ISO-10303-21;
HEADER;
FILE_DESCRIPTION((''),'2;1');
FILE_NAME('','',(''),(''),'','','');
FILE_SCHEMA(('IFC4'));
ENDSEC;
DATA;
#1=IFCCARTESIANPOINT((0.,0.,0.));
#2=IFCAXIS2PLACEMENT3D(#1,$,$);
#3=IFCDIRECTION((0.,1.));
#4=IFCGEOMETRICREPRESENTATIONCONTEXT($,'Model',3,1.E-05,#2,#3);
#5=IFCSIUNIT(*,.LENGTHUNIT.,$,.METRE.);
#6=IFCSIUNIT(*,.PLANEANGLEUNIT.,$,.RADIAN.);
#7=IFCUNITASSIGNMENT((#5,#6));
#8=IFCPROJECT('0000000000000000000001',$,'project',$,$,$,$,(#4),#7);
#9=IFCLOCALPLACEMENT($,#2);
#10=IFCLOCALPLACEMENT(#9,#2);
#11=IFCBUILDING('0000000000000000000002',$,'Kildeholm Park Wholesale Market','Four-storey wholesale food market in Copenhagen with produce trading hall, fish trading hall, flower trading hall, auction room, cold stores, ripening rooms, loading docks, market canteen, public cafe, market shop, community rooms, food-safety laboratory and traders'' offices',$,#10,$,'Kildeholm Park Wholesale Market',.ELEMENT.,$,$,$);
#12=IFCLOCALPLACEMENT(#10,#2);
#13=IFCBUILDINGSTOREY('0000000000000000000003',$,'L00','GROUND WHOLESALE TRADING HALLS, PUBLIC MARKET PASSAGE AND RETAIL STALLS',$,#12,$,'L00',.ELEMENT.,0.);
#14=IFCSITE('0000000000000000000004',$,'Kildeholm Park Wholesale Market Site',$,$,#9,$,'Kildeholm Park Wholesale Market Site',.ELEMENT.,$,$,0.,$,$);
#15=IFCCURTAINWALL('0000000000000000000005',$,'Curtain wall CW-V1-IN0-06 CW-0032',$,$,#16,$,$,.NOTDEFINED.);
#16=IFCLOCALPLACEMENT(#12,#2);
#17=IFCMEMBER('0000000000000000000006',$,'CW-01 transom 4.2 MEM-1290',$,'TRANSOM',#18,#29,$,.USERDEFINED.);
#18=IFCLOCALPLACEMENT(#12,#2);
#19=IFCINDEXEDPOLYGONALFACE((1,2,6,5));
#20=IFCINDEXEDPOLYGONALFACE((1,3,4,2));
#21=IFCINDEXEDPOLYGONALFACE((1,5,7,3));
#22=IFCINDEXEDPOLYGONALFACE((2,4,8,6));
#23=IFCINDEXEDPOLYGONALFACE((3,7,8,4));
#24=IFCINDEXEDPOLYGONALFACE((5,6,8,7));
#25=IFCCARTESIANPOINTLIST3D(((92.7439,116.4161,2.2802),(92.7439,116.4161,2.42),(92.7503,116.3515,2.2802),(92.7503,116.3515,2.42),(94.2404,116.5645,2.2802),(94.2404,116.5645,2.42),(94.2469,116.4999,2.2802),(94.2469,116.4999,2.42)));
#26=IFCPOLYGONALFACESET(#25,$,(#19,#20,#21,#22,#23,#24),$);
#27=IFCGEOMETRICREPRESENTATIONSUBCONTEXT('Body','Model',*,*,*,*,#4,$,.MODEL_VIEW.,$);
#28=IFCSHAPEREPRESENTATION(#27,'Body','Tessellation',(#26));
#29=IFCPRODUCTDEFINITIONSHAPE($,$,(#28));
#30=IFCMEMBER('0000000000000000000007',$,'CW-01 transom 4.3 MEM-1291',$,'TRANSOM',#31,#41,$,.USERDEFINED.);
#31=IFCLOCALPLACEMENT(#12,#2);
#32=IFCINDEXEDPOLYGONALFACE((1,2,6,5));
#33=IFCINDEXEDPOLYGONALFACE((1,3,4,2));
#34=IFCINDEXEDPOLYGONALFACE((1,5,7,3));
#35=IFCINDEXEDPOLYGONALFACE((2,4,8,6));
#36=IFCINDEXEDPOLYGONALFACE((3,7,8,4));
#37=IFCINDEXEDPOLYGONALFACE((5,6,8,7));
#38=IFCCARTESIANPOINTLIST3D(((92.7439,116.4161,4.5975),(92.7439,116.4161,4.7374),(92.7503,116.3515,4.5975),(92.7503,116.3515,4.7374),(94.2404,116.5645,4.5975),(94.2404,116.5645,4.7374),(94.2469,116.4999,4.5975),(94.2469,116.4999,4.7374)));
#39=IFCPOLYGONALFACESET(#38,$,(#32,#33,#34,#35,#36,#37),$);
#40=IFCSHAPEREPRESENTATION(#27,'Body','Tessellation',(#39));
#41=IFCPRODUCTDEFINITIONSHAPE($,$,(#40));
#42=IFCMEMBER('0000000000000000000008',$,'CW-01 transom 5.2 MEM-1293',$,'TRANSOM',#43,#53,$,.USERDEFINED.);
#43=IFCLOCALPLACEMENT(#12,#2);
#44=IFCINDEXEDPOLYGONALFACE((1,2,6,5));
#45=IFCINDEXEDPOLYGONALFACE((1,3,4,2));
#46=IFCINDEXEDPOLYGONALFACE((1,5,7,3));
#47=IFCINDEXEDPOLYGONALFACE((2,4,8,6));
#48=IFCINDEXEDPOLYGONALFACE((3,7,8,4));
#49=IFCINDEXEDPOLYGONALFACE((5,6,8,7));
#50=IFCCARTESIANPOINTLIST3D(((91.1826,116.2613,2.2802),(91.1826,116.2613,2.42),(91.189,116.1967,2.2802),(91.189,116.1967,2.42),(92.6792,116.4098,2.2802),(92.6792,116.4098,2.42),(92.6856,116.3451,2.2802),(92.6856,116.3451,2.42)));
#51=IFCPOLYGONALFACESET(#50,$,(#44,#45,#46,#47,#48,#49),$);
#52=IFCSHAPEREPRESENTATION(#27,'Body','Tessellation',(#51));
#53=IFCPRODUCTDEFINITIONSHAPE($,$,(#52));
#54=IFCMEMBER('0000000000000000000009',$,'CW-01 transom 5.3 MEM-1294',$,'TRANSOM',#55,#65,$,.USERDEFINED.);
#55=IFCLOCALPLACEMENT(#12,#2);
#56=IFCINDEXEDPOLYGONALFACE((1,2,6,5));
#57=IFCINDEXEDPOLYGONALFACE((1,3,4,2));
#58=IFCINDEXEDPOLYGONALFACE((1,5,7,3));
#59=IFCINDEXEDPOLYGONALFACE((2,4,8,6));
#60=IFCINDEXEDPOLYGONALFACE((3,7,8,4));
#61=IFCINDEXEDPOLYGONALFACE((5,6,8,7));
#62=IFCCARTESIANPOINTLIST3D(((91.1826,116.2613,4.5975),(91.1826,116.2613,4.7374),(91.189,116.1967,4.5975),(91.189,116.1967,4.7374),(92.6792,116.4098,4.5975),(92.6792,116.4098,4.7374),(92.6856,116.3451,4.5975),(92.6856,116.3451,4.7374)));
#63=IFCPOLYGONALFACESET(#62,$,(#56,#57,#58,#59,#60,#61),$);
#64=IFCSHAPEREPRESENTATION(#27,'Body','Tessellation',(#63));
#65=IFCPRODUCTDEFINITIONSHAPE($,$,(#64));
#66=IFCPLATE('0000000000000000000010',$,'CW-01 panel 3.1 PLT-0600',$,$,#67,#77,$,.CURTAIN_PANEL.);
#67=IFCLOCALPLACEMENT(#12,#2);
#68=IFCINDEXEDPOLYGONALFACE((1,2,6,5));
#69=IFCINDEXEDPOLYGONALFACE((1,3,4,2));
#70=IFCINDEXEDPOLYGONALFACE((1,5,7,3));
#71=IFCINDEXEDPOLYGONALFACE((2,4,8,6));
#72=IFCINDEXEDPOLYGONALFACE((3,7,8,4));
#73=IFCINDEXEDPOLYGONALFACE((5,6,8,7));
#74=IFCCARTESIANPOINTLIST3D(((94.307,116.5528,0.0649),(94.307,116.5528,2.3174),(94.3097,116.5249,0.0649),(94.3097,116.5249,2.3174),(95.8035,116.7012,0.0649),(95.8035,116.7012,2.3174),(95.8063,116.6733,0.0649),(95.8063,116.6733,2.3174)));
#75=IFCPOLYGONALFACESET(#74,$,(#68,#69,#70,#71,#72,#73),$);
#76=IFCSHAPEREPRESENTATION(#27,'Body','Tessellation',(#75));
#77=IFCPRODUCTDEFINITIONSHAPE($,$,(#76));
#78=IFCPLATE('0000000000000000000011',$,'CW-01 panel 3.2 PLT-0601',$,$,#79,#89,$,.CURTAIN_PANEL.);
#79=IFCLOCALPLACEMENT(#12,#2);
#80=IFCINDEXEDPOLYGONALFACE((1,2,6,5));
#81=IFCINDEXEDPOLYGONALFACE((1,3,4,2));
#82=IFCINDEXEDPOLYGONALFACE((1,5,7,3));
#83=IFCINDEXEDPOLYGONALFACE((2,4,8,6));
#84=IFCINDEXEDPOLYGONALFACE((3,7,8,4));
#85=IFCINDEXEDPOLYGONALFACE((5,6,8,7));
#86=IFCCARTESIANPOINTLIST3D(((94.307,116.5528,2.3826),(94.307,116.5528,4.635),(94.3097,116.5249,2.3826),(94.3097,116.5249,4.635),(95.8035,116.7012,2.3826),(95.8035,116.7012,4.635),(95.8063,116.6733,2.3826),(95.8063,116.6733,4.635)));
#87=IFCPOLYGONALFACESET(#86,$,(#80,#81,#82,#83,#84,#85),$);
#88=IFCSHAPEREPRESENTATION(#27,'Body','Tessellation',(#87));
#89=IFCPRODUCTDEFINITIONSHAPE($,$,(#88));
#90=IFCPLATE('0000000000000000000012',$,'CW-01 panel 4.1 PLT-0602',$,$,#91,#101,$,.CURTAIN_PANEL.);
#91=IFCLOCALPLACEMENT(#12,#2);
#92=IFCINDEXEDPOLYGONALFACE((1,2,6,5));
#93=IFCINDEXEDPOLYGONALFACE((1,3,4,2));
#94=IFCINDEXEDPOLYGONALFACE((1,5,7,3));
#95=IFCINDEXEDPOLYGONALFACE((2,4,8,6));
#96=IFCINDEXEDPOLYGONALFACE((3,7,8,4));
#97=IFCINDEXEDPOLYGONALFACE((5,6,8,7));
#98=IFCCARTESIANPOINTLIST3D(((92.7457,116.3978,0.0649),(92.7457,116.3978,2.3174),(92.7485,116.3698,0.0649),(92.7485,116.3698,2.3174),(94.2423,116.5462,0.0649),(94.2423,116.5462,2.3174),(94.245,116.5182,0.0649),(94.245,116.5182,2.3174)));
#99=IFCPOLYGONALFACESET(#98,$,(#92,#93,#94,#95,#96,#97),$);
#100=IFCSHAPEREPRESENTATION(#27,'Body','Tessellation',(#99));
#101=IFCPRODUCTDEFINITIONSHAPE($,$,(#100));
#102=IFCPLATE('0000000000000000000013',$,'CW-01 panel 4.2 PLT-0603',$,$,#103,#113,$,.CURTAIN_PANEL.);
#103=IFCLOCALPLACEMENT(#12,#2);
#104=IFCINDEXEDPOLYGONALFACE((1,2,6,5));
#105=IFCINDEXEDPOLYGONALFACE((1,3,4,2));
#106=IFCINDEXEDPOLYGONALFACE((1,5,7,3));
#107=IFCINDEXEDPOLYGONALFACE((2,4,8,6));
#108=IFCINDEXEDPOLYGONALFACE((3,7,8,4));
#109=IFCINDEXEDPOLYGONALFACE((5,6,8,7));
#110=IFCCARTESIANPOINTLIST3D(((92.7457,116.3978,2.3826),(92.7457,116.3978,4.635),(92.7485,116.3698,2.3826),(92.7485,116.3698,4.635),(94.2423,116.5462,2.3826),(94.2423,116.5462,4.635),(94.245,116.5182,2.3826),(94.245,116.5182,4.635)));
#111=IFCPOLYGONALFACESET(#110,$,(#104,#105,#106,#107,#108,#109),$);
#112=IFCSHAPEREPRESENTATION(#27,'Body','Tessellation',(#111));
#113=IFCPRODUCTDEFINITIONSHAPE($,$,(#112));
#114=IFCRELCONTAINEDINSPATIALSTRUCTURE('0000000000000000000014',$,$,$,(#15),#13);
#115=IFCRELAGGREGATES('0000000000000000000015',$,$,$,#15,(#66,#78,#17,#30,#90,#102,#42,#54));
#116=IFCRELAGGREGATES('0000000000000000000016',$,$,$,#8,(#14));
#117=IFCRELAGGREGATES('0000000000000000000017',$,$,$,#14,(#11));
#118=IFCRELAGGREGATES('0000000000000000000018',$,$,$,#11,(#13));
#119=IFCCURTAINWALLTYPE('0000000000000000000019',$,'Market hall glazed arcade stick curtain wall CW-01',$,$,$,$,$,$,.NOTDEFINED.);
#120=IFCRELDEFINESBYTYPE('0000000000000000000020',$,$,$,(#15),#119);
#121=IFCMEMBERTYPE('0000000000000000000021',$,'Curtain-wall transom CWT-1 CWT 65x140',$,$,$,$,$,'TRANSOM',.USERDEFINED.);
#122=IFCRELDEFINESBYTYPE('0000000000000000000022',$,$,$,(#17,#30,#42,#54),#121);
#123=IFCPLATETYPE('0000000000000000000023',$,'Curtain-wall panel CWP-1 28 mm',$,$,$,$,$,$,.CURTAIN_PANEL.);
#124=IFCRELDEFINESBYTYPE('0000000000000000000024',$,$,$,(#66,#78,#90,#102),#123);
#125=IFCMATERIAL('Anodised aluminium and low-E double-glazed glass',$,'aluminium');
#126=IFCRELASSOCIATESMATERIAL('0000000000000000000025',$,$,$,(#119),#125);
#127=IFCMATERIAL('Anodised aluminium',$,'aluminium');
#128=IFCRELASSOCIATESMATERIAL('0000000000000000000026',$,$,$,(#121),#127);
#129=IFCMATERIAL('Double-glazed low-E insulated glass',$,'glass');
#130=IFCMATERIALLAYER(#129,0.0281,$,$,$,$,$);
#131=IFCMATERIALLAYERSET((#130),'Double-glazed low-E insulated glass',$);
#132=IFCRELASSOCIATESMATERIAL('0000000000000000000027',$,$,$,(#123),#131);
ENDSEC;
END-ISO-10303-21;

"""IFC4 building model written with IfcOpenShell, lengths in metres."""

from ifc_helpers import new_model, si_unit, direction, frame, origin, origin_2d, place, context, subcontext, project, spatial, rectangle, extrude, material, layer, layer_set, material_profile, profile_set, type_object, element, aggregate, save


model = new_model("IFC4")

# Units and contexts
model_context = context("Model", 3, precision=1e-05, world=origin(), true_north=direction((0.0, 1.0)))
body_context = subcontext(model_context, "Body", "Model", "MODEL_VIEW")
ifc_project = project(units=[si_unit("LENGTHUNIT", "METRE"), si_unit("PLANEANGLEUNIT", "RADIAN")], contexts=[model_context])

# Site, building, storey
site_placement = place(None, origin())
site = spatial("IfcSite", under=ifc_project, at=site_placement, Name="Kildeholm Park Wholesale Market Site", LongName="Kildeholm Park Wholesale Market Site", CompositionType="ELEMENT", RefElevation=0.0)
building_placement = place(site_placement, origin())
building = spatial("IfcBuilding", under=site, at=building_placement, Name="Kildeholm Park Wholesale Market", Description="Four-storey wholesale food market in Copenhagen with produce trading hall, fish trading hall, flower trading hall, auction room, cold stores, ripening rooms, loading docks, market canteen, public cafe, market shop, community rooms, food-safety laboratory and traders' offices", LongName="Kildeholm Park Wholesale Market", CompositionType="ELEMENT")
storey_placement = place(building_placement, origin())
storey = spatial("IfcBuildingStorey", under=building, at=storey_placement, Name="L00", Description="GROUND WHOLESALE TRADING HALLS, PUBLIC MARKET PASSAGE AND RETAIL STALLS", LongName="L00", CompositionType="ELEMENT", Elevation=0.0)

# Curtain wall, members, plates
ifc_material_1 = material(Name="Anodised aluminium and low-E double-glazed glass", Category="aluminium")
curtain_wall_type = type_object("IfcCurtainWallType", Name="Market hall glazed arcade stick curtain wall CW-01", PredefinedType="NOTDEFINED", material=ifc_material_1)
curtain_wall_placement = place(storey_placement, origin())
curtain_wall = element("IfcCurtainWall", 1, at=curtain_wall_placement, inside=storey, type_object=curtain_wall_type, Name="Curtain wall CW-V1-IN0-06 CW-0032", PredefinedType="NOTDEFINED")
ifc_material_2 = material(Name="Anodised aluminium", Category="aluminium")
ifc_material_profile_1 = material_profile(ifc_material_2, rectangle(XDim=0.0649, YDim=0.1399, at=origin_2d()), Name="CWT 65x140")
ifc_profile_set_1 = profile_set([ifc_material_profile_1], Name="Anodised aluminium")
member_type_1 = type_object("IfcMemberType", Name="Curtain-wall transom CWT-1 CWT 65x140", ElementType="TRANSOM", PredefinedType="USERDEFINED", material=ifc_profile_set_1)
member_1_placement = place(storey_placement, frame((94.2437, 116.5322, 2.3501), z_axis=(-0.995117, -0.0987, 0.0), x_axis=(0.0987, -0.995117, 0.0)))
member_1 = element("IfcMember", 2, at=member_1_placement, type_object=member_type_1, Name="CW-01 transom 4.2 MEM-1290", ObjectType="TRANSOM", PredefinedType="USERDEFINED", context=body_context, shape_type="SweptSolid", body=[
    extrude(rectangle(XDim=0.0649, YDim=0.1399, at=origin_2d()), origin(), (0.0, 0.0, 1.0), 1.5039),
])
member_2_placement = place(storey_placement, frame((94.2437, 116.5322, 4.6675), z_axis=(-0.995117, -0.0987, 0.0), x_axis=(0.0987, -0.995117, 0.0)))
member_2 = element("IfcMember", 3, at=member_2_placement, type_object=member_type_1, Name="CW-01 transom 4.3 MEM-1291", ObjectType="TRANSOM", PredefinedType="USERDEFINED", context=body_context, shape_type="SweptSolid", body=[
    extrude(rectangle(XDim=0.0649, YDim=0.1399, at=origin_2d()), origin(), (0.0, 0.0, 1.0), 1.5039),
])
member_3_placement = place(storey_placement, frame((92.6824, 116.3774, 2.3501), z_axis=(-0.995117, -0.0987, 0.0), x_axis=(0.0987, -0.995117, 0.0)))
member_3 = element("IfcMember", 4, at=member_3_placement, type_object=member_type_1, Name="CW-01 transom 5.2 MEM-1293", ObjectType="TRANSOM", PredefinedType="USERDEFINED", context=body_context, shape_type="SweptSolid", body=[
    extrude(rectangle(XDim=0.0649, YDim=0.1399, at=origin_2d()), origin(), (0.0, 0.0, 1.0), 1.5039),
])
member_4_placement = place(storey_placement, frame((92.6824, 116.3774, 4.6675), z_axis=(-0.995117, -0.0987, 0.0), x_axis=(0.0987, -0.995117, 0.0)))
member_4 = element("IfcMember", 5, at=member_4_placement, type_object=member_type_1, Name="CW-01 transom 5.3 MEM-1294", ObjectType="TRANSOM", PredefinedType="USERDEFINED", context=body_context, shape_type="SweptSolid", body=[
    extrude(rectangle(XDim=0.0649, YDim=0.1399, at=origin_2d()), origin(), (0.0, 0.0, 1.0), 1.5039),
])
ifc_material_3 = material(Name="Double-glazed low-E insulated glass", Category="glass")
ifc_layer = layer(ifc_material_3, 0.0281)
ifc_layer_set = layer_set([ifc_layer], Name="Double-glazed low-E insulated glass")
plate_type = type_object("IfcPlateType", Name="Curtain-wall panel CWP-1 28 mm", PredefinedType="CURTAIN_PANEL", material=ifc_layer_set)
plate_1_placement = place(storey_placement, frame((95.0566, 116.613, 0.0649), z_axis=(0.0, 0.0, 1.0), x_axis=(-0.995119, -0.098683, 0.0)))
plate_1 = element("IfcPlate", 6, at=plate_1_placement, type_object=plate_type, Name="CW-01 panel 3.1 PLT-0600", PredefinedType="CURTAIN_PANEL", context=body_context, shape_type="SweptSolid", body=[
    extrude(rectangle(XDim=1.5039, YDim=0.0281, at=origin_2d()), origin(), (0.0, 0.0, 1.0), 2.2524),
])
plate_2_placement = place(storey_placement, frame((95.0566, 116.613, 2.3826), z_axis=(0.0, 0.0, 1.0), x_axis=(-0.995119, -0.098683, 0.0)))
plate_2 = element("IfcPlate", 7, at=plate_2_placement, type_object=plate_type, Name="CW-01 panel 3.2 PLT-0601", PredefinedType="CURTAIN_PANEL", context=body_context, shape_type="SweptSolid", body=[
    extrude(rectangle(XDim=1.5039, YDim=0.0281, at=origin_2d()), origin(), (0.0, 0.0, 1.0), 2.2524),
])
plate_3_placement = place(storey_placement, frame((93.4954, 116.458, 0.0649), z_axis=(0.0, 0.0, 1.0), x_axis=(-0.995119, -0.098683, 0.0)))
plate_3 = element("IfcPlate", 8, at=plate_3_placement, type_object=plate_type, Name="CW-01 panel 4.1 PLT-0602", PredefinedType="CURTAIN_PANEL", context=body_context, shape_type="SweptSolid", body=[
    extrude(rectangle(XDim=1.5039, YDim=0.0281, at=origin_2d()), origin(), (0.0, 0.0, 1.0), 2.2524),
])
plate_4_placement = place(storey_placement, frame((93.4954, 116.458, 2.3826), z_axis=(0.0, 0.0, 1.0), x_axis=(-0.995119, -0.098683, 0.0)))
plate_4 = element("IfcPlate", 9, at=plate_4_placement, type_object=plate_type, Name="CW-01 panel 4.2 PLT-0603", PredefinedType="CURTAIN_PANEL", context=body_context, shape_type="SweptSolid", body=[
    extrude(rectangle(XDim=1.5039, YDim=0.0281, at=origin_2d()), origin(), (0.0, 0.0, 1.0), 2.2524),
])
aggregate(curtain_wall, [plate_1, plate_2, member_1, member_2, plate_3, plate_4, member_3, member_4])

save(model, "model.ifc")
